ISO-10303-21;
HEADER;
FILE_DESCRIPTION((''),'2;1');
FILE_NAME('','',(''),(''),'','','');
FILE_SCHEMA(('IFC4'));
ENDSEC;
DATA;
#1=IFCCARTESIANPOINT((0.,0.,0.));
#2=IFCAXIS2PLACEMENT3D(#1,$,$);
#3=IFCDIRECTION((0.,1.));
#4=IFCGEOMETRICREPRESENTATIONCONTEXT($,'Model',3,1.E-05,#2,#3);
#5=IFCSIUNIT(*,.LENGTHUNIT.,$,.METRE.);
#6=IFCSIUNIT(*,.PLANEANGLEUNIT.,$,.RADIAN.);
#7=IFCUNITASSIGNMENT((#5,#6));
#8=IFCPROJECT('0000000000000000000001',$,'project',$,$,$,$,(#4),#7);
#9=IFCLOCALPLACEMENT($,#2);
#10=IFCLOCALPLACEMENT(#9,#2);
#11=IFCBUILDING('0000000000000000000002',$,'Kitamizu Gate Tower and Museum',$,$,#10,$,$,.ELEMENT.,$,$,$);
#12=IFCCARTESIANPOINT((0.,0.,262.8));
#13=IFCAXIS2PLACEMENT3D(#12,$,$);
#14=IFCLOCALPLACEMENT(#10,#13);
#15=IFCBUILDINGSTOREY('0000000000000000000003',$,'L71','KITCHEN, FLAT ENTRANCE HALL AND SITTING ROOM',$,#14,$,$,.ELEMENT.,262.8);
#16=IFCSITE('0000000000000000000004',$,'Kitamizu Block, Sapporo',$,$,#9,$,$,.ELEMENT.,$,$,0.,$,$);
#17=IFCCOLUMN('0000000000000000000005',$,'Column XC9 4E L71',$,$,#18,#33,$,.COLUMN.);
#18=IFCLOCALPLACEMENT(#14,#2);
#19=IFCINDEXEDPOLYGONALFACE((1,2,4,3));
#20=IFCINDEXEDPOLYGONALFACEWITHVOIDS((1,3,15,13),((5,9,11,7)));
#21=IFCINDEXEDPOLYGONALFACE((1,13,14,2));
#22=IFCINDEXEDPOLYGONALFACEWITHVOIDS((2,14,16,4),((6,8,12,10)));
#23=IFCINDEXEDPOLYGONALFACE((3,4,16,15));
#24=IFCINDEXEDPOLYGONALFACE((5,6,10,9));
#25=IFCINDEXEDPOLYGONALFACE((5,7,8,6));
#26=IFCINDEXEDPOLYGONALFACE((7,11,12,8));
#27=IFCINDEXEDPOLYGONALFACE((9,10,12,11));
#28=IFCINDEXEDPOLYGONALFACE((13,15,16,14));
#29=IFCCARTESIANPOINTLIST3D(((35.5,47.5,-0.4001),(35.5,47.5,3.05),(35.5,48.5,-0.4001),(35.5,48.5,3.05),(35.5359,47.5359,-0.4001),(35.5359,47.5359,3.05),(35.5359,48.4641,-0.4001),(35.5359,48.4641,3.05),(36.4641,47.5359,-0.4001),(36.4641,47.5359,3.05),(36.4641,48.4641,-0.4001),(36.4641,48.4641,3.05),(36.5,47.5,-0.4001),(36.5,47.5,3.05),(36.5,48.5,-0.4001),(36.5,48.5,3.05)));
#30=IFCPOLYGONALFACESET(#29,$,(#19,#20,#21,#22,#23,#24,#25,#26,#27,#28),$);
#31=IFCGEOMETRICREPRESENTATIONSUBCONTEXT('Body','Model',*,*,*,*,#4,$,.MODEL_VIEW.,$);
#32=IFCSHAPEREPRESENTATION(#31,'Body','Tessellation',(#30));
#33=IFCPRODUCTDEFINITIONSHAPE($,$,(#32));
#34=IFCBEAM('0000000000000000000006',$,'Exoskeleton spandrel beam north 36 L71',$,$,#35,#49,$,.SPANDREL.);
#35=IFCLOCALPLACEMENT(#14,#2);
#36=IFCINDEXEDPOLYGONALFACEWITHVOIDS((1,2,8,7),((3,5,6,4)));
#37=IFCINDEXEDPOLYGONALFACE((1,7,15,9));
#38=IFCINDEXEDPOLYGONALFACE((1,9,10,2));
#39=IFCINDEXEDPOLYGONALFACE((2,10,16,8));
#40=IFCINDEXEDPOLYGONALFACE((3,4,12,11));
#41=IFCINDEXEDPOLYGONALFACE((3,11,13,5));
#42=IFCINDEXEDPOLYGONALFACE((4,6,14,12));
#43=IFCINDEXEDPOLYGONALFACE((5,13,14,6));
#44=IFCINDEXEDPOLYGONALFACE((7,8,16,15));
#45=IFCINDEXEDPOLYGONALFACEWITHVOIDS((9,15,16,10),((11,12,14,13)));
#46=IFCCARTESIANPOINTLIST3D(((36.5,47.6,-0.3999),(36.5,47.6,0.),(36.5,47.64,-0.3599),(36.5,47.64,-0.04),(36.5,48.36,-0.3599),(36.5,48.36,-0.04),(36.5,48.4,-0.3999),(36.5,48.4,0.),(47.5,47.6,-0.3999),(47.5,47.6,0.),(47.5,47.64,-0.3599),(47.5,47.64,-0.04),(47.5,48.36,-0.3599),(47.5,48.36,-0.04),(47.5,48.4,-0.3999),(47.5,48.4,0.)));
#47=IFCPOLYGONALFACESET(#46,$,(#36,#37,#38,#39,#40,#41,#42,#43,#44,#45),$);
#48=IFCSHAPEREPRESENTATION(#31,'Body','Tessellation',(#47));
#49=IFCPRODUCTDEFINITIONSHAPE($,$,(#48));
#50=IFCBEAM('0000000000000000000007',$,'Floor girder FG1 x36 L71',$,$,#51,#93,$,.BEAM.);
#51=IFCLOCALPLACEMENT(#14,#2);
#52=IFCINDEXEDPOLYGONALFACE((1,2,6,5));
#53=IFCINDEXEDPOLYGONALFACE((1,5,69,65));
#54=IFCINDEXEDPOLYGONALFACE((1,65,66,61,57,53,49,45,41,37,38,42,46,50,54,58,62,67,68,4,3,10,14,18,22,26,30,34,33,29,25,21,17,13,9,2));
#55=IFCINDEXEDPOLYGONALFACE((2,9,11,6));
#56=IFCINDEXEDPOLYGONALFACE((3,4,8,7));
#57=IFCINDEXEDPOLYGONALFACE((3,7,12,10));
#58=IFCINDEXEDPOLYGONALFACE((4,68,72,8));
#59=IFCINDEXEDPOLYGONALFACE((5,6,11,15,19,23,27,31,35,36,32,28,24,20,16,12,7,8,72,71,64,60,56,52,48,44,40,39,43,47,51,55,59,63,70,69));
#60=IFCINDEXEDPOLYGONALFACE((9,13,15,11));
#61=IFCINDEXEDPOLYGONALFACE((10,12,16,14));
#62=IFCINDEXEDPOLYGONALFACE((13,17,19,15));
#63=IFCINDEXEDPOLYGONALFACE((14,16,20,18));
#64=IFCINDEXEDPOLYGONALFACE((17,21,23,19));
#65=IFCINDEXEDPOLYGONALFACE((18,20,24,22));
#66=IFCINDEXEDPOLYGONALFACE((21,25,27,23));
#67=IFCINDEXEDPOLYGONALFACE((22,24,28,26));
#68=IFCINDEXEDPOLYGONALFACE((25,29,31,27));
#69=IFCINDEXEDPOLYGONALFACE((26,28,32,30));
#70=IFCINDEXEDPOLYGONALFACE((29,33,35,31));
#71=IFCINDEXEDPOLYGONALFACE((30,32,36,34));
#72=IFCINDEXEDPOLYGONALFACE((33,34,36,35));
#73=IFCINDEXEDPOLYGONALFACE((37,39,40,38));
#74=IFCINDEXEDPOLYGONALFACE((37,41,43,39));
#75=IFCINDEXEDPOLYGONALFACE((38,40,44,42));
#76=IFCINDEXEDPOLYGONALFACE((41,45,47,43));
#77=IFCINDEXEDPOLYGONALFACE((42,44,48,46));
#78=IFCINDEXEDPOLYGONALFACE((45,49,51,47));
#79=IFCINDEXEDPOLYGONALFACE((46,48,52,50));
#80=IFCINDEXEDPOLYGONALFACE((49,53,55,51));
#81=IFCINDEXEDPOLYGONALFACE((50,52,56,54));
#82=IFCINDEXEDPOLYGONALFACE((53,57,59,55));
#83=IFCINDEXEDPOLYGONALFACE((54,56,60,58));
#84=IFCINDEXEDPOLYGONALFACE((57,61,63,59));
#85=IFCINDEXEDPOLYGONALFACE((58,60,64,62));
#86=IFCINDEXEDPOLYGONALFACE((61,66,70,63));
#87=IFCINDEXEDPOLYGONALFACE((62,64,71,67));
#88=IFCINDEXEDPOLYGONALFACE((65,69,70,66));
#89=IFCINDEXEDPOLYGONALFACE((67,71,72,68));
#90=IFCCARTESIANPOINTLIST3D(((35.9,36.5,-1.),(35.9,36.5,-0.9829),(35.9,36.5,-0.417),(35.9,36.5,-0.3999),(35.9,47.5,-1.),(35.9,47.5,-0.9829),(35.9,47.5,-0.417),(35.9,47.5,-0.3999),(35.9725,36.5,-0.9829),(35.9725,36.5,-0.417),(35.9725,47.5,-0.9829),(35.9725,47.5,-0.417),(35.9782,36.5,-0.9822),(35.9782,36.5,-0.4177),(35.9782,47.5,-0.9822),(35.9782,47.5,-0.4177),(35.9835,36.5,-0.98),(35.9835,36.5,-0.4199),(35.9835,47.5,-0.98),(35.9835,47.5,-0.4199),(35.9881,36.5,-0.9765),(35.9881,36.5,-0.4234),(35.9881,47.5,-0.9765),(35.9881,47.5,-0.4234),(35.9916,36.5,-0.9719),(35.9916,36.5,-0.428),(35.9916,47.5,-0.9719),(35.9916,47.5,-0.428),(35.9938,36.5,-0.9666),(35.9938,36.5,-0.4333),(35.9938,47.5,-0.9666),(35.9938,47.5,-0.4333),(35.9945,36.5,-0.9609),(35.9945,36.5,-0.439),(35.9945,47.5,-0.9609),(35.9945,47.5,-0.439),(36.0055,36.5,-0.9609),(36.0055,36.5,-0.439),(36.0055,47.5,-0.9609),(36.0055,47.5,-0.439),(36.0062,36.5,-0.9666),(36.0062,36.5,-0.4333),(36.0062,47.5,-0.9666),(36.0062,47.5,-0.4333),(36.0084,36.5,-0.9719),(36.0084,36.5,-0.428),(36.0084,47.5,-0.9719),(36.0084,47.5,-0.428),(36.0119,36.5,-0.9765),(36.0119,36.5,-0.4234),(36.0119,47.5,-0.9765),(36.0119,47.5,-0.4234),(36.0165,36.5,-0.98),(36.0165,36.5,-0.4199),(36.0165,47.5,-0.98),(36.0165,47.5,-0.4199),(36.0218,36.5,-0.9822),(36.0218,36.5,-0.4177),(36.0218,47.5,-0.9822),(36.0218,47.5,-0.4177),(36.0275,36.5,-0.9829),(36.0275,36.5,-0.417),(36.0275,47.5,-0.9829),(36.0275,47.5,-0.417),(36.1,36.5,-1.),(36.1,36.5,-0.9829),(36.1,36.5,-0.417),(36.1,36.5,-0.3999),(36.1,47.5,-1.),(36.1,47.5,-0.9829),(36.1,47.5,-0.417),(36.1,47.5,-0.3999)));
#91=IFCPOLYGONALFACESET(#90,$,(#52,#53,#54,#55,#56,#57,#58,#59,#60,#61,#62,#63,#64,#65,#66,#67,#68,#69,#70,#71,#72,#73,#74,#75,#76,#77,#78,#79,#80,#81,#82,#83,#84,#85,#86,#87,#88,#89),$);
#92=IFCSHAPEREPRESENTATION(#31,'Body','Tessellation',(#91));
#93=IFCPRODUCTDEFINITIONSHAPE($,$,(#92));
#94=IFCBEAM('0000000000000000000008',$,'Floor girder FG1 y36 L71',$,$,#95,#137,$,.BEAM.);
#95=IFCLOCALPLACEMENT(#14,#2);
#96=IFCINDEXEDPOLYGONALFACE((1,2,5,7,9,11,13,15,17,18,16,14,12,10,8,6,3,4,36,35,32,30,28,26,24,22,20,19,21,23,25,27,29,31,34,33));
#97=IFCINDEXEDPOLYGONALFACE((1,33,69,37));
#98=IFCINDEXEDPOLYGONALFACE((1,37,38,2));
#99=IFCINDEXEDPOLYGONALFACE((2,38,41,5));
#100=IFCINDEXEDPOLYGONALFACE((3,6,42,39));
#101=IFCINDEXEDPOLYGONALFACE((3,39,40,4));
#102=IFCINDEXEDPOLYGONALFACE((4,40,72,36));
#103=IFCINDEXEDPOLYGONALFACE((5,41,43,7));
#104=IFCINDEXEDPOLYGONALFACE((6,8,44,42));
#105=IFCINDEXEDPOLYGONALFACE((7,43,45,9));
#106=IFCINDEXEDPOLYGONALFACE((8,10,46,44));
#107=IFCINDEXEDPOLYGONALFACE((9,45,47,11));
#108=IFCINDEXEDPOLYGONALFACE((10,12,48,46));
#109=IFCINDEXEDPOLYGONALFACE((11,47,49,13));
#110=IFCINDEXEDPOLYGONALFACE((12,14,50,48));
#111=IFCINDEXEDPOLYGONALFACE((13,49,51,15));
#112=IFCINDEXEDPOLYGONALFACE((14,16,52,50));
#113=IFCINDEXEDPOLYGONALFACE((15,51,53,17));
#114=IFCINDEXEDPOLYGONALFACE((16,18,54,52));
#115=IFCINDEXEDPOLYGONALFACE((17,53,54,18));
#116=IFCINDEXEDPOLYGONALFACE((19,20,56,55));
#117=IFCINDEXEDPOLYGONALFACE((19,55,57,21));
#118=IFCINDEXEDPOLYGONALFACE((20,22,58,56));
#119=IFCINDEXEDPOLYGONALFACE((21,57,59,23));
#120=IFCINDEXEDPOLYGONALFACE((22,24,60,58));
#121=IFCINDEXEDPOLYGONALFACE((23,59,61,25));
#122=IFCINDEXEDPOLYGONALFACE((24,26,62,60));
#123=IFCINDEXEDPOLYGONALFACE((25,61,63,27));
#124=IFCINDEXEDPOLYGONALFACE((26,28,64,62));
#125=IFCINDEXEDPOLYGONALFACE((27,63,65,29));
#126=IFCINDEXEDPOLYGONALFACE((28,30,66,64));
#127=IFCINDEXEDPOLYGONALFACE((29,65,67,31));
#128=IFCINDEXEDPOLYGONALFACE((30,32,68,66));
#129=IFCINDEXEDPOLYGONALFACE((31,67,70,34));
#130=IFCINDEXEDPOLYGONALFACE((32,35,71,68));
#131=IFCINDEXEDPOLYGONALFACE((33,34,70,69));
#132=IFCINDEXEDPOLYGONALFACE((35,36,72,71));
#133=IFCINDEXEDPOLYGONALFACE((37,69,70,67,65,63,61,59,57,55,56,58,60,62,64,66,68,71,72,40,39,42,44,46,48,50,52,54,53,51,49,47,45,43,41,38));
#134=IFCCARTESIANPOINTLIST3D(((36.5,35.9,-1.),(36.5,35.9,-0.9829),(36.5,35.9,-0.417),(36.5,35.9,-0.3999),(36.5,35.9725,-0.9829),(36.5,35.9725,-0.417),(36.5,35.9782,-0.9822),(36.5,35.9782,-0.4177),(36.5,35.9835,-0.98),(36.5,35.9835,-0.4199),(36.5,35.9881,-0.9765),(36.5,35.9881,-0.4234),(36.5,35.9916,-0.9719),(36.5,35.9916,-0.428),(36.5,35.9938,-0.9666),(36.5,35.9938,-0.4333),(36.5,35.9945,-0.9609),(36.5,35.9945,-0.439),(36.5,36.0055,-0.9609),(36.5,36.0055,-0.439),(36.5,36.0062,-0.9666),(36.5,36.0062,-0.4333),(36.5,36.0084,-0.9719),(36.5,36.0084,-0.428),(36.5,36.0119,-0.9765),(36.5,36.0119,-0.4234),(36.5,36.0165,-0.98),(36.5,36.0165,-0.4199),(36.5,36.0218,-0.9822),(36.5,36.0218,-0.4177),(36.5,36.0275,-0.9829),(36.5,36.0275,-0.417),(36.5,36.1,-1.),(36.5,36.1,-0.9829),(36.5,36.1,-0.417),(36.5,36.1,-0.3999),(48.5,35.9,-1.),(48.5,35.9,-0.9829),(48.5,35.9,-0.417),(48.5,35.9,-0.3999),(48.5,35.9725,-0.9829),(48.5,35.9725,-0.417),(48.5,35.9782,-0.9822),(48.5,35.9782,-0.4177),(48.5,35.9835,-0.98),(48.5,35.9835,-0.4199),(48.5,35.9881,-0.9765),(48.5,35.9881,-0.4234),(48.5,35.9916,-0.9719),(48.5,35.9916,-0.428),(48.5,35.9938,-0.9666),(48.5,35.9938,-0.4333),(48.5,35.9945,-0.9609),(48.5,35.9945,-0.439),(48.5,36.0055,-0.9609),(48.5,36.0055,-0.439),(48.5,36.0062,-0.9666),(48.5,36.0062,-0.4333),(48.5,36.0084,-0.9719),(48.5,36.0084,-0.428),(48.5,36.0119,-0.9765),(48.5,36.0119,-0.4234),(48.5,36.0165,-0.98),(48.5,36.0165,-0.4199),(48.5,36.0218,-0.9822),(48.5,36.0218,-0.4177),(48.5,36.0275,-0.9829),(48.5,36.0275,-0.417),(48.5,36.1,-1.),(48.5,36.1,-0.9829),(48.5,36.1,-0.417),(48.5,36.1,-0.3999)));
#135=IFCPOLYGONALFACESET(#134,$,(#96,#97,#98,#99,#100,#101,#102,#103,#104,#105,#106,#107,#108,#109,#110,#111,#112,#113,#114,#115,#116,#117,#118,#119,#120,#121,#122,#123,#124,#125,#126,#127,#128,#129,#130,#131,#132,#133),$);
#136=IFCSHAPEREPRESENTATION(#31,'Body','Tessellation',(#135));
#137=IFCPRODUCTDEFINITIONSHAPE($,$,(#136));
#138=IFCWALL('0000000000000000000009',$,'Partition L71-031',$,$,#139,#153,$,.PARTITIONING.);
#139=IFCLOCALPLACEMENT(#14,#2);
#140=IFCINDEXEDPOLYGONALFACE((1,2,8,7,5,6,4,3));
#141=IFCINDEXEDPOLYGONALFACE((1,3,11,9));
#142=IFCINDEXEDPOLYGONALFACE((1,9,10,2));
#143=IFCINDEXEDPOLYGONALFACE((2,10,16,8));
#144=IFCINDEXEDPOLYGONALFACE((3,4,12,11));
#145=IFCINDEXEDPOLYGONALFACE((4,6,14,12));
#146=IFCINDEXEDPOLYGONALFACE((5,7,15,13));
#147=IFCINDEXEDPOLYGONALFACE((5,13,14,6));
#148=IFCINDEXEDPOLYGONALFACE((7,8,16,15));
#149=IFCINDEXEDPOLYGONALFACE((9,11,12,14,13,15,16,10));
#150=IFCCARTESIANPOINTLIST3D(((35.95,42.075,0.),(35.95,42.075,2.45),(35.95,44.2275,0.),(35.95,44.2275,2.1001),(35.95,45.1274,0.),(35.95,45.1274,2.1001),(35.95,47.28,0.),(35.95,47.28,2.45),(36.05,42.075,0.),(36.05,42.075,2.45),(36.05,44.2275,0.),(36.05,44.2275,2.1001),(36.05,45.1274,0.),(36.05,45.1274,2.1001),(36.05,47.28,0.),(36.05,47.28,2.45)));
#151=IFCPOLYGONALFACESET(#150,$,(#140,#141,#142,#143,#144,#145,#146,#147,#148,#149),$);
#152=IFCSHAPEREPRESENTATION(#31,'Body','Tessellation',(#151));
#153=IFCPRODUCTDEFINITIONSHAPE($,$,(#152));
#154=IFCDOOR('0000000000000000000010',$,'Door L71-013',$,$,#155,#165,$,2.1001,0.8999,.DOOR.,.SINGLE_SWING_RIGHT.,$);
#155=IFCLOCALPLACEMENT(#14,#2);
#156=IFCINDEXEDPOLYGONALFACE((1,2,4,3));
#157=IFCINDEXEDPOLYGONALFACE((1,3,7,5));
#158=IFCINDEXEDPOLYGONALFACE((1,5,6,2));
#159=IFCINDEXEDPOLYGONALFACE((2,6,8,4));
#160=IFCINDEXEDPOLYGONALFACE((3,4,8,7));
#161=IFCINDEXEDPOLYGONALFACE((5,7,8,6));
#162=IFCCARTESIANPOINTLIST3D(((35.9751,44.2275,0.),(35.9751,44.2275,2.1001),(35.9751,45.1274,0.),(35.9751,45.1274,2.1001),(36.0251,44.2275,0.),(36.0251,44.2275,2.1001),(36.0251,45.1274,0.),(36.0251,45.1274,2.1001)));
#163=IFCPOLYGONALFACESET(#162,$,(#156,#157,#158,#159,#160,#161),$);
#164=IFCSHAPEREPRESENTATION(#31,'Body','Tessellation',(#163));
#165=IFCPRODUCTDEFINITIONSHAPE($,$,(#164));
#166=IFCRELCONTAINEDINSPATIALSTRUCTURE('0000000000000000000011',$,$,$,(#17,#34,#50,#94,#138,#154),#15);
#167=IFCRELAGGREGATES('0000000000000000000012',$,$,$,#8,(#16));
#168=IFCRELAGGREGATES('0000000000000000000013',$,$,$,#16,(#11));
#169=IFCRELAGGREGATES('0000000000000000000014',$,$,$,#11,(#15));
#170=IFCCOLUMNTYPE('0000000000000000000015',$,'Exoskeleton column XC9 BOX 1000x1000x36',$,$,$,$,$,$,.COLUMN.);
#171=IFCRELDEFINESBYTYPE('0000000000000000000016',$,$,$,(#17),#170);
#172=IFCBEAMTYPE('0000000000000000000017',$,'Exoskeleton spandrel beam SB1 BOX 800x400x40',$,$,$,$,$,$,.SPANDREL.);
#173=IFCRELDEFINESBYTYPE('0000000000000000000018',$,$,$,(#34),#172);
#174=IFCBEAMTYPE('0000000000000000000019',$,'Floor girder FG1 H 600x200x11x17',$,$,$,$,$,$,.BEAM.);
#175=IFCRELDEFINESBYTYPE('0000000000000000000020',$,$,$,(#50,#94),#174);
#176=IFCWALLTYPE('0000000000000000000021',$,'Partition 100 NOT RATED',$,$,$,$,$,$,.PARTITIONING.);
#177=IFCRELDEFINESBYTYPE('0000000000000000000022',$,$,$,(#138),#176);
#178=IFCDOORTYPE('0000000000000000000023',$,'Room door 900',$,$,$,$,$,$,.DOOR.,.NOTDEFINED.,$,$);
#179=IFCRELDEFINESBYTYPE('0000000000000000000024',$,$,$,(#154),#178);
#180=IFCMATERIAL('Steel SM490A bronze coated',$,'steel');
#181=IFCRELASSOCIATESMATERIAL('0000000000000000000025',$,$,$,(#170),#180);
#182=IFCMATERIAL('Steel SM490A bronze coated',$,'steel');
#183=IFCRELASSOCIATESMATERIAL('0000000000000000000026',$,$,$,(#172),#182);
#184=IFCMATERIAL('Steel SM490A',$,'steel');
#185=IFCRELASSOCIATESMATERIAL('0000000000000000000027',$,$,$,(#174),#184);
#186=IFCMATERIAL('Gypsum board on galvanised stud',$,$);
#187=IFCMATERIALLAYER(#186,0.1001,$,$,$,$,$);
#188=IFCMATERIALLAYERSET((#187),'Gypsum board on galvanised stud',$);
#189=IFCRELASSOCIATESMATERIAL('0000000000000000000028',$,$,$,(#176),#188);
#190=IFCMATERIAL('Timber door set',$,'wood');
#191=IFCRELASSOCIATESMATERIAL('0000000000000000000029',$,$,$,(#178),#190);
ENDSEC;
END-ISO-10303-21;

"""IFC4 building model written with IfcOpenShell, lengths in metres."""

from ifc_helpers import new_model, si_unit, direction, frame, frame_2d, origin, origin_2d, place, context, subcontext, project, spatial, rectangle, hollow_rectangle, i_section, extrude, material, layer, layer_set, material_profile, profile_set, type_object, element, fill, save


model = new_model("IFC4")

# Units and contexts
model_context = context("Model", 3, precision=1e-05, world=origin(), true_north=direction((0.0, 1.0)))
body_context = subcontext(model_context, "Body", "Model", "MODEL_VIEW")
ifc_project = project(units=[si_unit("LENGTHUNIT", "METRE"), si_unit("PLANEANGLEUNIT", "RADIAN")], contexts=[model_context])

# Site, building, storey
site_placement = place(None, origin())
site = spatial("IfcSite", under=ifc_project, at=site_placement, Name="Kitamizu Block, Sapporo", CompositionType="ELEMENT", RefElevation=0.0)
building_placement = place(site_placement, origin())
building = spatial("IfcBuilding", under=site, at=building_placement, Name="Kitamizu Gate Tower and Museum", CompositionType="ELEMENT")
storey_placement = place(building_placement, frame((0.0, 0.0, 262.8)))
storey = spatial("IfcBuildingStorey", under=building, at=storey_placement, Name="L71", Description="KITCHEN, FLAT ENTRANCE HALL AND SITTING ROOM", CompositionType="ELEMENT", Elevation=262.8)

# Column
ifc_material_1 = material(Name="Steel SM490A bronze coated", Category="steel")
ifc_material_profile_1 = material_profile(ifc_material_1, hollow_rectangle(XDim=1.0, YDim=1.0, WallThickness=0.0359, at=origin_2d()), Name="BOX 1000x1000x36")
ifc_profile_set_1 = profile_set([ifc_material_profile_1], Name="Steel SM490A bronze coated")
column_type = type_object("IfcColumnType", Name="Exoskeleton column XC9 BOX 1000x1000x36", PredefinedType="COLUMN", material=ifc_profile_set_1)
column_placement = place(storey_placement, frame((36.0, 48.0, -0.4001), z_axis=(0.0, 0.0, 1.0), x_axis=(1.0, 0.0, 0.0)))
element("IfcColumn", 1, at=column_placement, inside=storey, type_object=column_type, Name="Column XC9 4E L71", PredefinedType="COLUMN", context=body_context, shape_type="SweptSolid", body=[
    extrude(hollow_rectangle(XDim=1.0, YDim=1.0, WallThickness=0.0359, at=origin_2d()), origin(), (0.0, 0.0, 1.0), 3.4502),
])

# Beams
ifc_material_2 = material(Name="Steel SM490A bronze coated", Category="steel")
ifc_material_profile_2 = material_profile(ifc_material_2, hollow_rectangle(XDim=0.8, YDim=0.3999, WallThickness=0.04, at=origin_2d()), Name="BOX 800x400x40")
ifc_profile_set_2 = profile_set([ifc_material_profile_2], Name="Steel SM490A bronze coated")
beam_type_1 = type_object("IfcBeamType", Name="Exoskeleton spandrel beam SB1 BOX 800x400x40", PredefinedType="SPANDREL", material=ifc_profile_set_2)
beam_1_placement = place(storey_placement, frame((36.5, 48.0, -0.2), z_axis=(1.0, 0.0, 0.0), x_axis=(0.0, 1.0, 0.0)))
element("IfcBeam", 2, at=beam_1_placement, inside=storey, type_object=beam_type_1, Name="Exoskeleton spandrel beam north 36 L71", PredefinedType="SPANDREL", context=body_context, shape_type="SweptSolid", body=[
    extrude(hollow_rectangle(XDim=0.8, YDim=0.3999, WallThickness=0.04, at=origin_2d()), origin(), (0.0, 0.0, 1.0), 11.0),
])
ifc_material_3 = material(Name="Steel SM490A", Category="steel")
ifc_material_profile_3 = material_profile(ifc_material_3, i_section(OverallWidth=0.2, OverallDepth=0.6001, WebThickness=0.011, FlangeThickness=0.0171, FilletRadius=0.022, at=origin_2d()), Name="H-600x200x11x17")
ifc_profile_set_3 = profile_set([ifc_material_profile_3], Name="Steel SM490A")
beam_type_2 = type_object("IfcBeamType", Name="Floor girder FG1 H 600x200x11x17", PredefinedType="BEAM", material=ifc_profile_set_3)
beam_2_placement = place(storey_placement, frame((36.0, 36.5, -0.7), z_axis=(0.0, 1.0, 0.0), x_axis=(-1.0, 0.0, 0.0)))
element("IfcBeam", 3, at=beam_2_placement, inside=storey, type_object=beam_type_2, Name="Floor girder FG1 x36 L71", PredefinedType="BEAM", context=body_context, shape_type="SweptSolid", body=[
    extrude(i_section(OverallWidth=0.2, OverallDepth=0.6001, WebThickness=0.011, FlangeThickness=0.0171, FilletRadius=0.022, at=origin_2d()), origin(), (0.0, 0.0, 1.0), 11.0),
])
beam_3_placement = place(storey_placement, frame((36.5, 36.0, -0.7), z_axis=(1.0, 0.0, 0.0), x_axis=(0.0, 1.0, 0.0)))
element("IfcBeam", 4, at=beam_3_placement, inside=storey, type_object=beam_type_2, Name="Floor girder FG1 y36 L71", PredefinedType="BEAM", context=body_context, shape_type="SweptSolid", body=[
    extrude(i_section(OverallWidth=0.2, OverallDepth=0.6001, WebThickness=0.011, FlangeThickness=0.0171, FilletRadius=0.022, at=origin_2d()), origin(), (0.0, 0.0, 1.0), 12.0),
])

# Wall, opening, door
ifc_material_4 = material(Name="Gypsum board on galvanised stud")
ifc_layer_1 = layer(ifc_material_4, 0.1001)
ifc_layer_set_1 = layer_set([ifc_layer_1], Name="Gypsum board on galvanised stud")
wall_type_1 = type_object("IfcWallType", Name="Partition 100 NOT RATED", PredefinedType="PARTITIONING", material=ifc_layer_set_1)
wall_1_placement = place(storey_placement, frame((36.0, 42.075, 0.0), z_axis=(0.0, 0.0, 1.0), x_axis=(0.0, 1.0, 0.0)))
wall_1 = element("IfcWall", 5, at=wall_1_placement, inside=storey, type_object=wall_type_1, Name="Partition L71-031", PredefinedType="PARTITIONING", context=body_context, shape_type="SweptSolid", body=[
    extrude(rectangle(XDim=5.2051, YDim=0.1001, at=frame_2d((2.6025, 0.0))), origin(), (0.0, 0.0, 1.0), 2.45),
])
opening_1_placement = place(wall_1_placement, frame((2.1526, 0.0, 0.0)))
opening_1 = element("IfcOpeningElement", 6, at=opening_1_placement, cuts=wall_1, PredefinedType="OPENING", context=body_context, shape_type="SweptSolid", body=[
    extrude(rectangle(XDim=0.8999, YDim=2.1001, at=frame_2d((0.45, 1.05))), frame((0.0, 0.0601, 0.0), z_axis=(0.0, -1.0, 0.0), x_axis=(1.0, 0.0, 0.0)), (0.0, 0.0, 1.0), 0.1201),
])
ifc_material_5 = material(Name="Timber door set", Category="wood")
door_type_1 = type_object("IfcDoorType", Name="Room door 900", OperationType="NOTDEFINED", PredefinedType="DOOR", material=ifc_material_5)
door_1_placement = place(opening_1_placement, origin())
door_1 = element("IfcDoor", 7, at=door_1_placement, inside=storey, type_object=door_type_1, Name="Door L71-013", OperationType="SINGLE_SWING_RIGHT", OverallHeight=2.1001, OverallWidth=0.8999, PredefinedType="DOOR", context=body_context, shape_type="SweptSolid", body=[
    extrude(rectangle(XDim=0.8999, YDim=2.1001, at=frame_2d((0.45, 1.05))), frame((0.0, 0.0249, 0.0), z_axis=(0.0, -1.0, 0.0), x_axis=(1.0, 0.0, 0.0)), (0.0, 0.0, 1.0), 0.05),
])
fill(opening_1, door_1)

save(model, "model.ifc")
